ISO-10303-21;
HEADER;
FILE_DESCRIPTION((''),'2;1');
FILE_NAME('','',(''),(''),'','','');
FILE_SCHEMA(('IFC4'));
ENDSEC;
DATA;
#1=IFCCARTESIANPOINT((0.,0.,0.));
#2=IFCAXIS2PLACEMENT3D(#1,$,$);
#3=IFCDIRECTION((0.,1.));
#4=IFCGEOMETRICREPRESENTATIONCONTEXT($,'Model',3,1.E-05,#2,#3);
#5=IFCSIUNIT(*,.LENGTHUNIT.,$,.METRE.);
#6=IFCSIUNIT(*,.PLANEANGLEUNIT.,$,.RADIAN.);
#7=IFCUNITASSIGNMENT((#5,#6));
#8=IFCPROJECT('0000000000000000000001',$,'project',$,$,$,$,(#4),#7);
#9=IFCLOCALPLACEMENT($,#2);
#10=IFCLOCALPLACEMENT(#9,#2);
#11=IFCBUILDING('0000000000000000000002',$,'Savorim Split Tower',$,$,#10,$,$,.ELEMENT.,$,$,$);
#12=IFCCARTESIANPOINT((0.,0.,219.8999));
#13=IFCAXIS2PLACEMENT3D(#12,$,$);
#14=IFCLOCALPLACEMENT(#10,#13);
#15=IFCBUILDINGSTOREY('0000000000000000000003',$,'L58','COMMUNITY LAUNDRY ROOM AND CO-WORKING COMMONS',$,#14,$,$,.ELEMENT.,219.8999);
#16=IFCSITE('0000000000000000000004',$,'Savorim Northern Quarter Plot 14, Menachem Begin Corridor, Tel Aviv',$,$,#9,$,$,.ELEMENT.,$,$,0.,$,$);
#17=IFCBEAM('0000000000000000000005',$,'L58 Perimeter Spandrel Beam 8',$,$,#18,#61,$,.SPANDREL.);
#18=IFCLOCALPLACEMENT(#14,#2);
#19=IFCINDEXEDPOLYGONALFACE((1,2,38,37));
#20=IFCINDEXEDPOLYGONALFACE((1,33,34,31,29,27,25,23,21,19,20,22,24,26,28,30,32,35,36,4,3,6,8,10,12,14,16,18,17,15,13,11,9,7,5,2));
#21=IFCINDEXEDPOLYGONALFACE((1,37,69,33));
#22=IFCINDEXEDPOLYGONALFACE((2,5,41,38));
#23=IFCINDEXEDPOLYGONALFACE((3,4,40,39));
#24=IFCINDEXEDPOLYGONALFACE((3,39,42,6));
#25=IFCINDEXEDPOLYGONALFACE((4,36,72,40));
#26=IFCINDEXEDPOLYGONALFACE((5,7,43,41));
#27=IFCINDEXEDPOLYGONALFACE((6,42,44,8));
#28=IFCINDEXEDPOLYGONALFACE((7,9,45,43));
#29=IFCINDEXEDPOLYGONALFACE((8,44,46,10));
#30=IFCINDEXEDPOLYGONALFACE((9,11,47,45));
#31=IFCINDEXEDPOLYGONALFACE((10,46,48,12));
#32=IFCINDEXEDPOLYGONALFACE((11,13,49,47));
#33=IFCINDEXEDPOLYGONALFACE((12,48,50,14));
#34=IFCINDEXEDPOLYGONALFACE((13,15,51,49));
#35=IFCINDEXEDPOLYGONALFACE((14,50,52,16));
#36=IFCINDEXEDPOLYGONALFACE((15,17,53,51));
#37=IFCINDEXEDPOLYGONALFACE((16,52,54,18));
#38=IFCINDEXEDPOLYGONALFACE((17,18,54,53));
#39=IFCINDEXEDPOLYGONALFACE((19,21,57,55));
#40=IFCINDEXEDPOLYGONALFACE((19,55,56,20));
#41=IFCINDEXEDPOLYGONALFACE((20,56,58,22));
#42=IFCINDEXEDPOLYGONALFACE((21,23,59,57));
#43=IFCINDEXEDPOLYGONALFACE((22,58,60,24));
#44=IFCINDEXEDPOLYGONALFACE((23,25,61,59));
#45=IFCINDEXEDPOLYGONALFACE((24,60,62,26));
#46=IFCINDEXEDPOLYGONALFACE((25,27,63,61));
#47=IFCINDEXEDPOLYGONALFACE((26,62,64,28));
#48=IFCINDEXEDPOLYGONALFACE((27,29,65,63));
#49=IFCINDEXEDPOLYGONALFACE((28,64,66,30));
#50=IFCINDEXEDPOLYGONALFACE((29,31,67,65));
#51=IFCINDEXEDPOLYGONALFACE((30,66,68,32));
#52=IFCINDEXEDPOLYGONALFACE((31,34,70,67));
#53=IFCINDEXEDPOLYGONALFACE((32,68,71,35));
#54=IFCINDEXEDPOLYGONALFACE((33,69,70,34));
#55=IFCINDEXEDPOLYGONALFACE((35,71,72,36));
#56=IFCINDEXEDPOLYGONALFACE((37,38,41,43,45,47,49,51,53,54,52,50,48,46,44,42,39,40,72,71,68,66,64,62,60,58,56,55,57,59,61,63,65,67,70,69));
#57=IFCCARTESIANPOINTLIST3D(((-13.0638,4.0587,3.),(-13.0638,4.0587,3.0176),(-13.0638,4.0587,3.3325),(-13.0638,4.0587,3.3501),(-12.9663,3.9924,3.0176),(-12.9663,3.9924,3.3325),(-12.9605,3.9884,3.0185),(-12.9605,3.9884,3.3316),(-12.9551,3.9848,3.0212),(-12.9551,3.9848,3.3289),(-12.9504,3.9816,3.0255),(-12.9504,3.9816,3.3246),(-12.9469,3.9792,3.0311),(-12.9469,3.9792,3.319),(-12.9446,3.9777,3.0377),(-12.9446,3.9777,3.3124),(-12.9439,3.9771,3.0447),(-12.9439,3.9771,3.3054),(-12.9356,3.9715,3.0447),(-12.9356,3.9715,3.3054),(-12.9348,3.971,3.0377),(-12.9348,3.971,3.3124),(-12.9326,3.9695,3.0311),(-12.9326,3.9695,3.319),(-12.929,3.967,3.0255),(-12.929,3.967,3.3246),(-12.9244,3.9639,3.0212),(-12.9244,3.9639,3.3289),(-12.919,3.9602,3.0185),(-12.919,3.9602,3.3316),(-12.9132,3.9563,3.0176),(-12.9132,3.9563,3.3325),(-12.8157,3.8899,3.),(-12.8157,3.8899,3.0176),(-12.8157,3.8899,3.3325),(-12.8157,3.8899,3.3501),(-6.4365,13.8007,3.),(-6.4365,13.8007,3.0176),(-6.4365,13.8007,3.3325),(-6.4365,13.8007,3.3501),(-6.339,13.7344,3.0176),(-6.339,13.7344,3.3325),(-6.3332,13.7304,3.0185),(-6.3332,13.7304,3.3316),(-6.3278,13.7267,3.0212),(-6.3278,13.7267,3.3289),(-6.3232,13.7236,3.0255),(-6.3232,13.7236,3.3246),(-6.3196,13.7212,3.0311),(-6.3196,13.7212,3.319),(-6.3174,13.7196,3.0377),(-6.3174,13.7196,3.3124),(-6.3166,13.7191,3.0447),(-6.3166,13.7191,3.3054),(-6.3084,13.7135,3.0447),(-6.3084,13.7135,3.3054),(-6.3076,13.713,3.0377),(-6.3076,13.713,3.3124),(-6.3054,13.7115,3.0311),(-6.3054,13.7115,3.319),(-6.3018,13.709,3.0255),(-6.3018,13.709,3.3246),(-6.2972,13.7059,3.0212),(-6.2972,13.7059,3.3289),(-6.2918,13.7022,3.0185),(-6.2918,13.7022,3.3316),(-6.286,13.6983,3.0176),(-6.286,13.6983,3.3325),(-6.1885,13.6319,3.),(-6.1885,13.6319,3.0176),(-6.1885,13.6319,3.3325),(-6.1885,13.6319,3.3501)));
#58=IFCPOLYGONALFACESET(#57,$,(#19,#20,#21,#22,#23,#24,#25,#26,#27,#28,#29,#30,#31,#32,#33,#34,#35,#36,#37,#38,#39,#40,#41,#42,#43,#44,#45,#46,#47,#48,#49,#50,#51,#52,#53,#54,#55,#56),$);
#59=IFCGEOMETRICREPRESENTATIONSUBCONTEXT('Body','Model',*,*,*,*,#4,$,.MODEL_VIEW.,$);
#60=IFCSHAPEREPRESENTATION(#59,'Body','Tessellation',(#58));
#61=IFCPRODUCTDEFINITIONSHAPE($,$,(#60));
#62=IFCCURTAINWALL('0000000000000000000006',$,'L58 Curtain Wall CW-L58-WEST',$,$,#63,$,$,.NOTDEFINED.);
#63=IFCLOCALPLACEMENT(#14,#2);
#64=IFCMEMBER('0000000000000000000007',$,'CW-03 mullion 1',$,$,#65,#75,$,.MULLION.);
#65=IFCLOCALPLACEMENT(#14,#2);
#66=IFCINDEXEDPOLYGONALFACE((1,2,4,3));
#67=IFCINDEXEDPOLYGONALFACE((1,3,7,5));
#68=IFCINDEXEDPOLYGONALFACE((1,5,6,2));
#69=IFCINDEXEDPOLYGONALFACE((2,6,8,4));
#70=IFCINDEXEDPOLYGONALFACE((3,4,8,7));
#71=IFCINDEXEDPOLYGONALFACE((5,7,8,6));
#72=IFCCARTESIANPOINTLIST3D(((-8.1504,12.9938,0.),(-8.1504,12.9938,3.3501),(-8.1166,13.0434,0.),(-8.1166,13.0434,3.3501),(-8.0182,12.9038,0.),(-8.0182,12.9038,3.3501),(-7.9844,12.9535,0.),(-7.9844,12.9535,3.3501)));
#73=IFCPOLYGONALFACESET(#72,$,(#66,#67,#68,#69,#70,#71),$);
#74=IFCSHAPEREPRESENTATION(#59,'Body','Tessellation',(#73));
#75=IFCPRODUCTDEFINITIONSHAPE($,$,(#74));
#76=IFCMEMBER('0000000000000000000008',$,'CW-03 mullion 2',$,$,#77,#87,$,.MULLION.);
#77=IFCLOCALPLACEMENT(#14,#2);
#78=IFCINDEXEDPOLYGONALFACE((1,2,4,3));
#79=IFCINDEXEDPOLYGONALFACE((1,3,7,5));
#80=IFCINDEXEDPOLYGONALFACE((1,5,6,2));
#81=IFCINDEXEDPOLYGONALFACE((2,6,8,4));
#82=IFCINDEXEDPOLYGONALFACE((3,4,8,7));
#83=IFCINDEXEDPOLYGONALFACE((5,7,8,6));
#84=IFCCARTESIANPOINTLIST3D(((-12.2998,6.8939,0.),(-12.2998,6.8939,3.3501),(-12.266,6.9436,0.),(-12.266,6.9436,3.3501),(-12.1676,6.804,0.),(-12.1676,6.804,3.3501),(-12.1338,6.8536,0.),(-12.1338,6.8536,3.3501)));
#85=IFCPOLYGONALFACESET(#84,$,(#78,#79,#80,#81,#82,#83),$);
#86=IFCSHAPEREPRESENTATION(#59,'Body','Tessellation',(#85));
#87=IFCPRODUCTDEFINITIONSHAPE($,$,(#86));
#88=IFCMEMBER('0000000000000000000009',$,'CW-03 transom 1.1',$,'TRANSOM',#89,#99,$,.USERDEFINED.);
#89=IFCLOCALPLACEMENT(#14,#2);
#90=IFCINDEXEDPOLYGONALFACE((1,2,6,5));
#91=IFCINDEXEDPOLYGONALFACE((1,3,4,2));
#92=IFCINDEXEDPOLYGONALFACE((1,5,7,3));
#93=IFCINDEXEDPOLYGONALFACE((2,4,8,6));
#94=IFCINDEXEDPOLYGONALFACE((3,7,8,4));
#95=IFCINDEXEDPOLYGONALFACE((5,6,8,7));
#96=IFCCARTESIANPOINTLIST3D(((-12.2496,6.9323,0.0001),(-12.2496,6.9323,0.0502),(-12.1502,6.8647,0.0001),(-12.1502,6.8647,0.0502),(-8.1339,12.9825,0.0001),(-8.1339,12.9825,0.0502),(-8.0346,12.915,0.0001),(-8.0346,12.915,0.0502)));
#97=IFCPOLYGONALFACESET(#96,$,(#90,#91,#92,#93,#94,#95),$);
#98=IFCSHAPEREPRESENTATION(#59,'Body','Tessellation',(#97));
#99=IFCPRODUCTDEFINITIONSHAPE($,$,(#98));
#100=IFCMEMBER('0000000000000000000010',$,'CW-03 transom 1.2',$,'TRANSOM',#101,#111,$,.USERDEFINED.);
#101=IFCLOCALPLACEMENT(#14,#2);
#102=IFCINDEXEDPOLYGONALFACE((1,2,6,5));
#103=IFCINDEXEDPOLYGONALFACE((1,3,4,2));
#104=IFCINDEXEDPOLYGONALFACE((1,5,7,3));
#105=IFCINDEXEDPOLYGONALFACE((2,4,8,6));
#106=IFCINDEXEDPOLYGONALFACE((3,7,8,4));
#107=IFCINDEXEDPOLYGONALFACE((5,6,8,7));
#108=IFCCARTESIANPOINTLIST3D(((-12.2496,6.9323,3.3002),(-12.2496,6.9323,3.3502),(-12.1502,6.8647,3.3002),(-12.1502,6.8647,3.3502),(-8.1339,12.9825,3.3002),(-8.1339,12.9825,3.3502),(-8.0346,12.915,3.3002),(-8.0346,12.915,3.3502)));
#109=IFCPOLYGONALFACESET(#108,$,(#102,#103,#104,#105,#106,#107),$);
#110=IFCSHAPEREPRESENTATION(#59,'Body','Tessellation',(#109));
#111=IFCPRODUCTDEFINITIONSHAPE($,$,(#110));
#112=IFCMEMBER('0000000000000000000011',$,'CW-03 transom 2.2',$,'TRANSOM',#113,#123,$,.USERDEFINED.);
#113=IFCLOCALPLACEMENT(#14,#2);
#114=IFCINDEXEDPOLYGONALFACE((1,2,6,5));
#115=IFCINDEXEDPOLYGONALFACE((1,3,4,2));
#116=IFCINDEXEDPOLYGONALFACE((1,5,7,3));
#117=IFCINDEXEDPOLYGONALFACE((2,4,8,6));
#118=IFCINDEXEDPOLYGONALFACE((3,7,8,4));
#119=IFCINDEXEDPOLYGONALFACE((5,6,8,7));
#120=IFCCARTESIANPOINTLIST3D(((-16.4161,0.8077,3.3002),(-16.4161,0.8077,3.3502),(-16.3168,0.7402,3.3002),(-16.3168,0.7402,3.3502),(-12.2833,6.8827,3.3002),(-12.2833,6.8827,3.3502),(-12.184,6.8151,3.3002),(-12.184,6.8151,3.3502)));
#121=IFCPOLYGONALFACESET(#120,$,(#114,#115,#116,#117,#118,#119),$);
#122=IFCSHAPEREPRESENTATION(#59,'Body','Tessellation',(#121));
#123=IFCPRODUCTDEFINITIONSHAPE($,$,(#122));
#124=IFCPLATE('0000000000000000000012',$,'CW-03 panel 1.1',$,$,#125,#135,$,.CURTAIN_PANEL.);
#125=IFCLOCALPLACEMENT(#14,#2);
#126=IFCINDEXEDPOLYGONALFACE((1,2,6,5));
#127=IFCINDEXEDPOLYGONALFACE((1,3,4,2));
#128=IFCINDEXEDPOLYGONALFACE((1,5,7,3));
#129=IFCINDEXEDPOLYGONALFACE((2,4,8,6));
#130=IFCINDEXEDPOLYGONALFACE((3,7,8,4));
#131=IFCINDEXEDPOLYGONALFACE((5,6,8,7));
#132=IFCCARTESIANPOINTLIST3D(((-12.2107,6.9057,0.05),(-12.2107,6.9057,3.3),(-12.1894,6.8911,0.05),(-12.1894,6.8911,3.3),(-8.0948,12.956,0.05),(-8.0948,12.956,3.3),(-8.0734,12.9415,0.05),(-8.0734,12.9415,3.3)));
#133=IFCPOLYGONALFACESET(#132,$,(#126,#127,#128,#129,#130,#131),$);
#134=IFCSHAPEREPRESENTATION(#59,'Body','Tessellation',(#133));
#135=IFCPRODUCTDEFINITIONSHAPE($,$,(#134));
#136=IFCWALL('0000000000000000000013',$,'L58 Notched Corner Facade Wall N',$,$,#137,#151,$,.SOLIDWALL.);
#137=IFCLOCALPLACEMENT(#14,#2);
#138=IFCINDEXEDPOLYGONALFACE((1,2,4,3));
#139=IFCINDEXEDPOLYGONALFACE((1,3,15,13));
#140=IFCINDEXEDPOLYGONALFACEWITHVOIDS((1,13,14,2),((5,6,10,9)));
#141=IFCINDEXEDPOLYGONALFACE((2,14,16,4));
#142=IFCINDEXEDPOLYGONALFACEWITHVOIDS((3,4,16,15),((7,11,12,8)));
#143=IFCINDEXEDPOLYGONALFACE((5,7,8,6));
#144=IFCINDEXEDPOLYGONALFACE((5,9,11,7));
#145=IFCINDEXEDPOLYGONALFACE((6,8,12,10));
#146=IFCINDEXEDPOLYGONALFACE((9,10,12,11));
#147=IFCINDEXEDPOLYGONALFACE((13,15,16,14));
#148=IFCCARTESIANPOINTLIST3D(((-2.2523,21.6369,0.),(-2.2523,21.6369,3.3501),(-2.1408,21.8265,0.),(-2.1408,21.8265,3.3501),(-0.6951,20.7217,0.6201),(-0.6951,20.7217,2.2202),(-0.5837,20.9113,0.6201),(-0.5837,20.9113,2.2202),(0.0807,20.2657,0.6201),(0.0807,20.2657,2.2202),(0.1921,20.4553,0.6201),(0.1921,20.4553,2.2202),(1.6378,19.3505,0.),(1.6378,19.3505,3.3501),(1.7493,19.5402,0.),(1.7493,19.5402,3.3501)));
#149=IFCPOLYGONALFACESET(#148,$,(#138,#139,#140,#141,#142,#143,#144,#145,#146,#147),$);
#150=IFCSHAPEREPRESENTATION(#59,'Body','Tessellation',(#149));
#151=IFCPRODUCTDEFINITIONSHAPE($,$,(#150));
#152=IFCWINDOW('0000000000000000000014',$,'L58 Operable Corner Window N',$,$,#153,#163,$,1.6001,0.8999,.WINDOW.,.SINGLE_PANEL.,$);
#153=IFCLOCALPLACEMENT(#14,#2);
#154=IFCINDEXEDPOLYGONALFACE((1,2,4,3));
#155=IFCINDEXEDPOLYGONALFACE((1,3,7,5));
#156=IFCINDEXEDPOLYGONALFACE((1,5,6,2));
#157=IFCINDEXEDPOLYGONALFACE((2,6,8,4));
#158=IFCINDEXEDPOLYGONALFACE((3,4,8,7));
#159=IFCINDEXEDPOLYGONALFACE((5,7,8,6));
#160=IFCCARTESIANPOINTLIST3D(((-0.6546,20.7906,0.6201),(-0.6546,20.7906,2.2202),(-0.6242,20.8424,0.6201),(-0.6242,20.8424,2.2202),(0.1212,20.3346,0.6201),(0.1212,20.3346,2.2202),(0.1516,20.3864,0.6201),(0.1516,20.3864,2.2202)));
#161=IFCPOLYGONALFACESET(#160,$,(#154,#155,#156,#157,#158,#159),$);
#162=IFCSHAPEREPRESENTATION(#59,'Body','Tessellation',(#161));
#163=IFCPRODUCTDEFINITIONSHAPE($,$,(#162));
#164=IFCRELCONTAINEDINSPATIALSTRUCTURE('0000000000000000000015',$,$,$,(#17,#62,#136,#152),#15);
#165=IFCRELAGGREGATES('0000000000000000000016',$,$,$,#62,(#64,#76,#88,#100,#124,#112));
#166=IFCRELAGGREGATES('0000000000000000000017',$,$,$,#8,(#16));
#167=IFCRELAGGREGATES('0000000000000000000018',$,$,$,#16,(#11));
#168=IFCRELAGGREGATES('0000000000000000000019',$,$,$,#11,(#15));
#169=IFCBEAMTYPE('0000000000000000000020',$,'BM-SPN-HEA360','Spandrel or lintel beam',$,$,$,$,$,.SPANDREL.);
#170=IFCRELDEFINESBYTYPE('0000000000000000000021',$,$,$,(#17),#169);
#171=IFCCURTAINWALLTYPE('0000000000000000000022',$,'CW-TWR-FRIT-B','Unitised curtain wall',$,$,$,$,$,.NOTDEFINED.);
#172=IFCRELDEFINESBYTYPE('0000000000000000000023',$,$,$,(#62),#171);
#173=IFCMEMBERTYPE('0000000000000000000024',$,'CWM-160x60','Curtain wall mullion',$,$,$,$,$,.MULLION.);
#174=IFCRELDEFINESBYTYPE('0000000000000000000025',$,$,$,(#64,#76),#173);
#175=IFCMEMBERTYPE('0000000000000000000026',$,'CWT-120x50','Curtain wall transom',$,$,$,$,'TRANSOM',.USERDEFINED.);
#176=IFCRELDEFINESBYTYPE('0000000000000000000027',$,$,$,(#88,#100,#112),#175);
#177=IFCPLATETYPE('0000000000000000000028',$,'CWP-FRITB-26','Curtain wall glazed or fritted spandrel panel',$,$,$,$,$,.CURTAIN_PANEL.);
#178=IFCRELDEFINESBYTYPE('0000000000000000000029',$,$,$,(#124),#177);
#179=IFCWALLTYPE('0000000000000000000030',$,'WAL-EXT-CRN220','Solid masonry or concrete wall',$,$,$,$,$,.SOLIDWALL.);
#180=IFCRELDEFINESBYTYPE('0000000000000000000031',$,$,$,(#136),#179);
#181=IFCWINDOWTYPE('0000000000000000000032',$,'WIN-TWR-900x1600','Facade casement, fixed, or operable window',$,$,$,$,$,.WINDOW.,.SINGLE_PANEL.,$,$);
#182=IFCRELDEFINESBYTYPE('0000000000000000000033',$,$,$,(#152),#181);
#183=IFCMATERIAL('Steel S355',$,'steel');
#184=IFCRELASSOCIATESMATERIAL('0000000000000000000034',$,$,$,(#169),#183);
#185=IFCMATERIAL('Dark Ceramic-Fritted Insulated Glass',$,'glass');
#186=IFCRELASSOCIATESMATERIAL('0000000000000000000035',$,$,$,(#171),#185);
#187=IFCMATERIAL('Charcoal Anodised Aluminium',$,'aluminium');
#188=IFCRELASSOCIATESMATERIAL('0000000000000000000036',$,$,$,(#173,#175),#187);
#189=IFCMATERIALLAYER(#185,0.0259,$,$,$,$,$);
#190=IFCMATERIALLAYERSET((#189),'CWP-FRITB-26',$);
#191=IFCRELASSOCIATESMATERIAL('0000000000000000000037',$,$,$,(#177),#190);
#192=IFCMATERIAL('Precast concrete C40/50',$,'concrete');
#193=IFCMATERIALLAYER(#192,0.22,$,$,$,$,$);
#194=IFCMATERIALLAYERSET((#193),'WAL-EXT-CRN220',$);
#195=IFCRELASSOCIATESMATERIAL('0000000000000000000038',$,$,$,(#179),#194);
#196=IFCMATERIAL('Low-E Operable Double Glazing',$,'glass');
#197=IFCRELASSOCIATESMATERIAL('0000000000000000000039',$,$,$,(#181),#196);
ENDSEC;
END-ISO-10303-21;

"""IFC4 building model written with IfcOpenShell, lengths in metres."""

from ifc_helpers import new_model, si_unit, direction, frame, frame_2d, origin, origin_2d, place, context, subcontext, project, spatial, rectangle, i_section, extrude, material, layer, layer_set, material_profile, profile_set, type_object, element, fill, aggregate, save


model = new_model("IFC4")

# Units and contexts
model_context = context("Model", 3, precision=1e-05, world=origin(), true_north=direction((0.0, 1.0)))
body_context = subcontext(model_context, "Body", "Model", "MODEL_VIEW")
ifc_project = project(units=[si_unit("LENGTHUNIT", "METRE"), si_unit("PLANEANGLEUNIT", "RADIAN")], contexts=[model_context])

# Site, building, storey
site_placement = place(None, origin())
site = spatial("IfcSite", under=ifc_project, at=site_placement, Name="Savorim Northern Quarter Plot 14, Menachem Begin Corridor, Tel Aviv", CompositionType="ELEMENT", RefElevation=0.0)
building_placement = place(site_placement, origin())
building = spatial("IfcBuilding", under=site, at=building_placement, Name="Savorim Split Tower", CompositionType="ELEMENT")
storey_placement = place(building_placement, frame((0.0, 0.0, 219.8999)))
storey = spatial("IfcBuildingStorey", under=building, at=storey_placement, Name="L58", Description="COMMUNITY LAUNDRY ROOM AND CO-WORKING COMMONS", CompositionType="ELEMENT", Elevation=219.8999)

# Shared definitions
ifc_material_1 = material(Name="Steel S355", Category="steel")

# Beam
ifc_material_profile_1 = material_profile(ifc_material_1, i_section(OverallWidth=0.3, OverallDepth=0.3501, WebThickness=0.01, FlangeThickness=0.0176, FilletRadius=0.0271, at=origin_2d()), Name="HEA 360")
ifc_profile_set_1 = profile_set([ifc_material_profile_1], Name="Steel S355")
beam_type_1 = type_object("IfcBeamType", Name="BM-SPN-HEA360", Description="Spandrel or lintel beam", PredefinedType="SPANDREL", material=ifc_profile_set_1)
beam_1_placement = place(storey_placement, frame((-6.3125, 13.7163, 3.175), z_axis=(-0.562465, -0.826821, 0.0), x_axis=(0.826821, -0.562465, 0.0)))
element("IfcBeam", 1, at=beam_1_placement, inside=storey, type_object=beam_type_1, Name="L58 Perimeter Spandrel Beam 8", PredefinedType="SPANDREL", context=body_context, shape_type="SweptSolid", body=[
    extrude(i_section(OverallWidth=0.3, OverallDepth=0.3501, WebThickness=0.01, FlangeThickness=0.0176, FilletRadius=0.0271, at=origin_2d()), origin(), (0.0, 0.0, 1.0), 11.7825),
])

# Curtain wall, members, plate
ifc_material_2 = material(Name="Dark Ceramic-Fritted Insulated Glass", Category="glass")
curtain_wall_type = type_object("IfcCurtainWallType", Name="CW-TWR-FRIT-B", Description="Unitised curtain wall", PredefinedType="NOTDEFINED", material=ifc_material_2)
curtain_wall_placement = place(storey_placement, origin())
curtain_wall = element("IfcCurtainWall", 2, at=curtain_wall_placement, inside=storey, type_object=curtain_wall_type, Name="L58 Curtain Wall CW-L58-WEST", PredefinedType="NOTDEFINED")
ifc_material_3 = material(Name="Charcoal Anodised Aluminium", Category="aluminium")
ifc_material_profile_2 = material_profile(ifc_material_3, rectangle(XDim=0.1599, YDim=0.0601, at=origin_2d()), Name="ALU-M 160x60")
ifc_profile_set_2 = profile_set([ifc_material_profile_2], Name="Charcoal Anodised Aluminium")
member_type_1 = type_object("IfcMemberType", Name="CWM-160x60", Description="Curtain wall mullion", PredefinedType="MULLION", material=ifc_profile_set_2)
member_1_placement = place(storey_placement, frame((-8.0674, 12.9736, 0.0), z_axis=(0.0, 0.0, 1.0), x_axis=(0.82682, -0.562467, 0.0)))
member_1 = element("IfcMember", 3, at=member_1_placement, type_object=member_type_1, Name="CW-03 mullion 1", PredefinedType="MULLION", context=body_context, shape_type="SweptSolid", body=[
    extrude(rectangle(XDim=0.1599, YDim=0.0601, at=origin_2d()), origin(), (0.0, 0.0, 1.0), 3.3501),
])
member_2_placement = place(storey_placement, frame((-12.2168, 6.8738, 0.0), z_axis=(0.0, 0.0, 1.0), x_axis=(0.82682, -0.562467, 0.0)))
member_2 = element("IfcMember", 4, at=member_2_placement, type_object=member_type_1, Name="CW-03 mullion 2", PredefinedType="MULLION", context=body_context, shape_type="SweptSolid", body=[
    extrude(rectangle(XDim=0.1599, YDim=0.0601, at=origin_2d()), origin(), (0.0, 0.0, 1.0), 3.3501),
])
ifc_material_profile_3 = material_profile(ifc_material_3, rectangle(XDim=0.1201, YDim=0.05, at=origin_2d()), Name="ALU-T 120x50")
ifc_profile_set_3 = profile_set([ifc_material_profile_3], Name="Charcoal Anodised Aluminium")
member_type_2 = type_object("IfcMemberType", Name="CWT-120x50", Description="Curtain wall transom", ElementType="TRANSOM", PredefinedType="USERDEFINED", material=ifc_profile_set_3)
member_3_placement = place(storey_placement, frame((-8.0842, 12.9487, 0.0251), z_axis=(-0.562452, -0.82683, 0.0), x_axis=(0.82683, -0.562452, 0.0)))
member_3 = element("IfcMember", 5, at=member_3_placement, type_object=member_type_2, Name="CW-03 transom 1.1", ObjectType="TRANSOM", PredefinedType="USERDEFINED", context=body_context, shape_type="SweptSolid", body=[
    extrude(rectangle(XDim=0.1201, YDim=0.05, at=origin_2d()), origin(), (0.0, 0.0, 1.0), 7.3174),
])
member_4_placement = place(storey_placement, frame((-8.0842, 12.9487, 3.3252), z_axis=(-0.562452, -0.82683, 0.0), x_axis=(0.82683, -0.562452, 0.0)))
member_4 = element("IfcMember", 6, at=member_4_placement, type_object=member_type_2, Name="CW-03 transom 1.2", ObjectType="TRANSOM", PredefinedType="USERDEFINED", context=body_context, shape_type="SweptSolid", body=[
    extrude(rectangle(XDim=0.1201, YDim=0.05, at=origin_2d()), origin(), (0.0, 0.0, 1.0), 7.3174),
])
member_5_placement = place(storey_placement, frame((-12.2336, 6.8489, 3.3252), z_axis=(-0.562482, -0.82681, 0.0), x_axis=(0.82681, -0.562482, 0.0)))
member_5 = element("IfcMember", 7, at=member_5_placement, type_object=member_type_2, Name="CW-03 transom 2.2", ObjectType="TRANSOM", PredefinedType="USERDEFINED", context=body_context, shape_type="SweptSolid", body=[
    extrude(rectangle(XDim=0.1201, YDim=0.05, at=origin_2d()), origin(), (0.0, 0.0, 1.0), 7.3474),
])
ifc_layer_1 = layer(ifc_material_2, 0.0259)
ifc_layer_set_1 = layer_set([ifc_layer_1], Name="CWP-FRITB-26")
plate_type = type_object("IfcPlateType", Name="CWP-FRITB-26", Description="Curtain wall glazed or fritted spandrel panel", PredefinedType="CURTAIN_PANEL", material=ifc_layer_set_1)
plate_placement = place(storey_placement, frame((-10.1421, 9.9236, 0.05), z_axis=(0.0, 0.0, 1.0), x_axis=(-0.562467, -0.82682, 0.0)))
plate = element("IfcPlate", 8, at=plate_placement, type_object=plate_type, Name="CW-03 panel 1.1", PredefinedType="CURTAIN_PANEL", context=body_context, shape_type="SweptSolid", body=[
    extrude(rectangle(XDim=7.3176, YDim=0.0259, at=origin_2d()), origin(), (0.0, 0.0, 1.0), 3.25),
])
aggregate(curtain_wall, [member_1, member_2, member_3, member_4, plate, member_5])

# Wall, opening, window
ifc_material_4 = material(Name="Precast concrete C40/50", Category="concrete")
ifc_layer_2 = layer(ifc_material_4, 0.22)
ifc_layer_set_2 = layer_set([ifc_layer_2], Name="WAL-EXT-CRN220")
wall_type_1 = type_object("IfcWallType", Name="WAL-EXT-CRN220", Description="Solid masonry or concrete wall", PredefinedType="SOLIDWALL", material=ifc_layer_set_2)
wall_1_placement = place(storey_placement, frame((-2.1965, 21.7317, 0.0), z_axis=(0.0, 0.0, 1.0), x_axis=(0.862122, -0.506701, 0.0)))
wall_1 = element("IfcWall", 9, at=wall_1_placement, inside=storey, type_object=wall_type_1, Name="L58 Notched Corner Facade Wall N", PredefinedType="SOLIDWALL", context=body_context, shape_type="SweptSolid", body=[
    extrude(rectangle(XDim=4.5122, YDim=0.22, at=frame_2d((2.2561, 0.0))), origin(), (0.0, 0.0, 1.0), 3.3501),
])
opening_1_placement = place(wall_1_placement, frame((1.8062, 0.0, 0.6201)))
opening_1 = element("IfcOpeningElement", 10, at=opening_1_placement, cuts=wall_1, PredefinedType="OPENING", context=body_context, shape_type="SweptSolid", body=[
    extrude(rectangle(XDim=0.8999, YDim=1.6001, at=frame_2d((0.45, 0.8))), frame((0.0, 0.1199, 0.0), z_axis=(0.0, -1.0, 0.0), x_axis=(1.0, 0.0, 0.0)), (0.0, 0.0, 1.0), 0.24),
])
ifc_material_5 = material(Name="Low-E Operable Double Glazing", Category="glass")
window_type_1 = type_object("IfcWindowType", Name="WIN-TWR-900x1600", Description="Facade casement, fixed, or operable window", PartitioningType="SINGLE_PANEL", PredefinedType="WINDOW", material=ifc_material_5)
window_1_placement = place(opening_1_placement, origin())
window_1 = element("IfcWindow", 11, at=window_1_placement, inside=storey, type_object=window_type_1, Name="L58 Operable Corner Window N", OverallHeight=1.6001, OverallWidth=0.8999, PartitioningType="SINGLE_PANEL", PredefinedType="WINDOW", context=body_context, shape_type="SweptSolid", body=[
    extrude(rectangle(XDim=0.8999, YDim=1.6001, at=frame_2d((0.45, 0.8))), frame((0.0, 0.03, 0.0), z_axis=(0.0, -1.0, 0.0), x_axis=(1.0, 0.0, 0.0)), (0.0, 0.0, 1.0), 0.0601),
])
fill(opening_1, window_1)

save(model, "model.ifc")
